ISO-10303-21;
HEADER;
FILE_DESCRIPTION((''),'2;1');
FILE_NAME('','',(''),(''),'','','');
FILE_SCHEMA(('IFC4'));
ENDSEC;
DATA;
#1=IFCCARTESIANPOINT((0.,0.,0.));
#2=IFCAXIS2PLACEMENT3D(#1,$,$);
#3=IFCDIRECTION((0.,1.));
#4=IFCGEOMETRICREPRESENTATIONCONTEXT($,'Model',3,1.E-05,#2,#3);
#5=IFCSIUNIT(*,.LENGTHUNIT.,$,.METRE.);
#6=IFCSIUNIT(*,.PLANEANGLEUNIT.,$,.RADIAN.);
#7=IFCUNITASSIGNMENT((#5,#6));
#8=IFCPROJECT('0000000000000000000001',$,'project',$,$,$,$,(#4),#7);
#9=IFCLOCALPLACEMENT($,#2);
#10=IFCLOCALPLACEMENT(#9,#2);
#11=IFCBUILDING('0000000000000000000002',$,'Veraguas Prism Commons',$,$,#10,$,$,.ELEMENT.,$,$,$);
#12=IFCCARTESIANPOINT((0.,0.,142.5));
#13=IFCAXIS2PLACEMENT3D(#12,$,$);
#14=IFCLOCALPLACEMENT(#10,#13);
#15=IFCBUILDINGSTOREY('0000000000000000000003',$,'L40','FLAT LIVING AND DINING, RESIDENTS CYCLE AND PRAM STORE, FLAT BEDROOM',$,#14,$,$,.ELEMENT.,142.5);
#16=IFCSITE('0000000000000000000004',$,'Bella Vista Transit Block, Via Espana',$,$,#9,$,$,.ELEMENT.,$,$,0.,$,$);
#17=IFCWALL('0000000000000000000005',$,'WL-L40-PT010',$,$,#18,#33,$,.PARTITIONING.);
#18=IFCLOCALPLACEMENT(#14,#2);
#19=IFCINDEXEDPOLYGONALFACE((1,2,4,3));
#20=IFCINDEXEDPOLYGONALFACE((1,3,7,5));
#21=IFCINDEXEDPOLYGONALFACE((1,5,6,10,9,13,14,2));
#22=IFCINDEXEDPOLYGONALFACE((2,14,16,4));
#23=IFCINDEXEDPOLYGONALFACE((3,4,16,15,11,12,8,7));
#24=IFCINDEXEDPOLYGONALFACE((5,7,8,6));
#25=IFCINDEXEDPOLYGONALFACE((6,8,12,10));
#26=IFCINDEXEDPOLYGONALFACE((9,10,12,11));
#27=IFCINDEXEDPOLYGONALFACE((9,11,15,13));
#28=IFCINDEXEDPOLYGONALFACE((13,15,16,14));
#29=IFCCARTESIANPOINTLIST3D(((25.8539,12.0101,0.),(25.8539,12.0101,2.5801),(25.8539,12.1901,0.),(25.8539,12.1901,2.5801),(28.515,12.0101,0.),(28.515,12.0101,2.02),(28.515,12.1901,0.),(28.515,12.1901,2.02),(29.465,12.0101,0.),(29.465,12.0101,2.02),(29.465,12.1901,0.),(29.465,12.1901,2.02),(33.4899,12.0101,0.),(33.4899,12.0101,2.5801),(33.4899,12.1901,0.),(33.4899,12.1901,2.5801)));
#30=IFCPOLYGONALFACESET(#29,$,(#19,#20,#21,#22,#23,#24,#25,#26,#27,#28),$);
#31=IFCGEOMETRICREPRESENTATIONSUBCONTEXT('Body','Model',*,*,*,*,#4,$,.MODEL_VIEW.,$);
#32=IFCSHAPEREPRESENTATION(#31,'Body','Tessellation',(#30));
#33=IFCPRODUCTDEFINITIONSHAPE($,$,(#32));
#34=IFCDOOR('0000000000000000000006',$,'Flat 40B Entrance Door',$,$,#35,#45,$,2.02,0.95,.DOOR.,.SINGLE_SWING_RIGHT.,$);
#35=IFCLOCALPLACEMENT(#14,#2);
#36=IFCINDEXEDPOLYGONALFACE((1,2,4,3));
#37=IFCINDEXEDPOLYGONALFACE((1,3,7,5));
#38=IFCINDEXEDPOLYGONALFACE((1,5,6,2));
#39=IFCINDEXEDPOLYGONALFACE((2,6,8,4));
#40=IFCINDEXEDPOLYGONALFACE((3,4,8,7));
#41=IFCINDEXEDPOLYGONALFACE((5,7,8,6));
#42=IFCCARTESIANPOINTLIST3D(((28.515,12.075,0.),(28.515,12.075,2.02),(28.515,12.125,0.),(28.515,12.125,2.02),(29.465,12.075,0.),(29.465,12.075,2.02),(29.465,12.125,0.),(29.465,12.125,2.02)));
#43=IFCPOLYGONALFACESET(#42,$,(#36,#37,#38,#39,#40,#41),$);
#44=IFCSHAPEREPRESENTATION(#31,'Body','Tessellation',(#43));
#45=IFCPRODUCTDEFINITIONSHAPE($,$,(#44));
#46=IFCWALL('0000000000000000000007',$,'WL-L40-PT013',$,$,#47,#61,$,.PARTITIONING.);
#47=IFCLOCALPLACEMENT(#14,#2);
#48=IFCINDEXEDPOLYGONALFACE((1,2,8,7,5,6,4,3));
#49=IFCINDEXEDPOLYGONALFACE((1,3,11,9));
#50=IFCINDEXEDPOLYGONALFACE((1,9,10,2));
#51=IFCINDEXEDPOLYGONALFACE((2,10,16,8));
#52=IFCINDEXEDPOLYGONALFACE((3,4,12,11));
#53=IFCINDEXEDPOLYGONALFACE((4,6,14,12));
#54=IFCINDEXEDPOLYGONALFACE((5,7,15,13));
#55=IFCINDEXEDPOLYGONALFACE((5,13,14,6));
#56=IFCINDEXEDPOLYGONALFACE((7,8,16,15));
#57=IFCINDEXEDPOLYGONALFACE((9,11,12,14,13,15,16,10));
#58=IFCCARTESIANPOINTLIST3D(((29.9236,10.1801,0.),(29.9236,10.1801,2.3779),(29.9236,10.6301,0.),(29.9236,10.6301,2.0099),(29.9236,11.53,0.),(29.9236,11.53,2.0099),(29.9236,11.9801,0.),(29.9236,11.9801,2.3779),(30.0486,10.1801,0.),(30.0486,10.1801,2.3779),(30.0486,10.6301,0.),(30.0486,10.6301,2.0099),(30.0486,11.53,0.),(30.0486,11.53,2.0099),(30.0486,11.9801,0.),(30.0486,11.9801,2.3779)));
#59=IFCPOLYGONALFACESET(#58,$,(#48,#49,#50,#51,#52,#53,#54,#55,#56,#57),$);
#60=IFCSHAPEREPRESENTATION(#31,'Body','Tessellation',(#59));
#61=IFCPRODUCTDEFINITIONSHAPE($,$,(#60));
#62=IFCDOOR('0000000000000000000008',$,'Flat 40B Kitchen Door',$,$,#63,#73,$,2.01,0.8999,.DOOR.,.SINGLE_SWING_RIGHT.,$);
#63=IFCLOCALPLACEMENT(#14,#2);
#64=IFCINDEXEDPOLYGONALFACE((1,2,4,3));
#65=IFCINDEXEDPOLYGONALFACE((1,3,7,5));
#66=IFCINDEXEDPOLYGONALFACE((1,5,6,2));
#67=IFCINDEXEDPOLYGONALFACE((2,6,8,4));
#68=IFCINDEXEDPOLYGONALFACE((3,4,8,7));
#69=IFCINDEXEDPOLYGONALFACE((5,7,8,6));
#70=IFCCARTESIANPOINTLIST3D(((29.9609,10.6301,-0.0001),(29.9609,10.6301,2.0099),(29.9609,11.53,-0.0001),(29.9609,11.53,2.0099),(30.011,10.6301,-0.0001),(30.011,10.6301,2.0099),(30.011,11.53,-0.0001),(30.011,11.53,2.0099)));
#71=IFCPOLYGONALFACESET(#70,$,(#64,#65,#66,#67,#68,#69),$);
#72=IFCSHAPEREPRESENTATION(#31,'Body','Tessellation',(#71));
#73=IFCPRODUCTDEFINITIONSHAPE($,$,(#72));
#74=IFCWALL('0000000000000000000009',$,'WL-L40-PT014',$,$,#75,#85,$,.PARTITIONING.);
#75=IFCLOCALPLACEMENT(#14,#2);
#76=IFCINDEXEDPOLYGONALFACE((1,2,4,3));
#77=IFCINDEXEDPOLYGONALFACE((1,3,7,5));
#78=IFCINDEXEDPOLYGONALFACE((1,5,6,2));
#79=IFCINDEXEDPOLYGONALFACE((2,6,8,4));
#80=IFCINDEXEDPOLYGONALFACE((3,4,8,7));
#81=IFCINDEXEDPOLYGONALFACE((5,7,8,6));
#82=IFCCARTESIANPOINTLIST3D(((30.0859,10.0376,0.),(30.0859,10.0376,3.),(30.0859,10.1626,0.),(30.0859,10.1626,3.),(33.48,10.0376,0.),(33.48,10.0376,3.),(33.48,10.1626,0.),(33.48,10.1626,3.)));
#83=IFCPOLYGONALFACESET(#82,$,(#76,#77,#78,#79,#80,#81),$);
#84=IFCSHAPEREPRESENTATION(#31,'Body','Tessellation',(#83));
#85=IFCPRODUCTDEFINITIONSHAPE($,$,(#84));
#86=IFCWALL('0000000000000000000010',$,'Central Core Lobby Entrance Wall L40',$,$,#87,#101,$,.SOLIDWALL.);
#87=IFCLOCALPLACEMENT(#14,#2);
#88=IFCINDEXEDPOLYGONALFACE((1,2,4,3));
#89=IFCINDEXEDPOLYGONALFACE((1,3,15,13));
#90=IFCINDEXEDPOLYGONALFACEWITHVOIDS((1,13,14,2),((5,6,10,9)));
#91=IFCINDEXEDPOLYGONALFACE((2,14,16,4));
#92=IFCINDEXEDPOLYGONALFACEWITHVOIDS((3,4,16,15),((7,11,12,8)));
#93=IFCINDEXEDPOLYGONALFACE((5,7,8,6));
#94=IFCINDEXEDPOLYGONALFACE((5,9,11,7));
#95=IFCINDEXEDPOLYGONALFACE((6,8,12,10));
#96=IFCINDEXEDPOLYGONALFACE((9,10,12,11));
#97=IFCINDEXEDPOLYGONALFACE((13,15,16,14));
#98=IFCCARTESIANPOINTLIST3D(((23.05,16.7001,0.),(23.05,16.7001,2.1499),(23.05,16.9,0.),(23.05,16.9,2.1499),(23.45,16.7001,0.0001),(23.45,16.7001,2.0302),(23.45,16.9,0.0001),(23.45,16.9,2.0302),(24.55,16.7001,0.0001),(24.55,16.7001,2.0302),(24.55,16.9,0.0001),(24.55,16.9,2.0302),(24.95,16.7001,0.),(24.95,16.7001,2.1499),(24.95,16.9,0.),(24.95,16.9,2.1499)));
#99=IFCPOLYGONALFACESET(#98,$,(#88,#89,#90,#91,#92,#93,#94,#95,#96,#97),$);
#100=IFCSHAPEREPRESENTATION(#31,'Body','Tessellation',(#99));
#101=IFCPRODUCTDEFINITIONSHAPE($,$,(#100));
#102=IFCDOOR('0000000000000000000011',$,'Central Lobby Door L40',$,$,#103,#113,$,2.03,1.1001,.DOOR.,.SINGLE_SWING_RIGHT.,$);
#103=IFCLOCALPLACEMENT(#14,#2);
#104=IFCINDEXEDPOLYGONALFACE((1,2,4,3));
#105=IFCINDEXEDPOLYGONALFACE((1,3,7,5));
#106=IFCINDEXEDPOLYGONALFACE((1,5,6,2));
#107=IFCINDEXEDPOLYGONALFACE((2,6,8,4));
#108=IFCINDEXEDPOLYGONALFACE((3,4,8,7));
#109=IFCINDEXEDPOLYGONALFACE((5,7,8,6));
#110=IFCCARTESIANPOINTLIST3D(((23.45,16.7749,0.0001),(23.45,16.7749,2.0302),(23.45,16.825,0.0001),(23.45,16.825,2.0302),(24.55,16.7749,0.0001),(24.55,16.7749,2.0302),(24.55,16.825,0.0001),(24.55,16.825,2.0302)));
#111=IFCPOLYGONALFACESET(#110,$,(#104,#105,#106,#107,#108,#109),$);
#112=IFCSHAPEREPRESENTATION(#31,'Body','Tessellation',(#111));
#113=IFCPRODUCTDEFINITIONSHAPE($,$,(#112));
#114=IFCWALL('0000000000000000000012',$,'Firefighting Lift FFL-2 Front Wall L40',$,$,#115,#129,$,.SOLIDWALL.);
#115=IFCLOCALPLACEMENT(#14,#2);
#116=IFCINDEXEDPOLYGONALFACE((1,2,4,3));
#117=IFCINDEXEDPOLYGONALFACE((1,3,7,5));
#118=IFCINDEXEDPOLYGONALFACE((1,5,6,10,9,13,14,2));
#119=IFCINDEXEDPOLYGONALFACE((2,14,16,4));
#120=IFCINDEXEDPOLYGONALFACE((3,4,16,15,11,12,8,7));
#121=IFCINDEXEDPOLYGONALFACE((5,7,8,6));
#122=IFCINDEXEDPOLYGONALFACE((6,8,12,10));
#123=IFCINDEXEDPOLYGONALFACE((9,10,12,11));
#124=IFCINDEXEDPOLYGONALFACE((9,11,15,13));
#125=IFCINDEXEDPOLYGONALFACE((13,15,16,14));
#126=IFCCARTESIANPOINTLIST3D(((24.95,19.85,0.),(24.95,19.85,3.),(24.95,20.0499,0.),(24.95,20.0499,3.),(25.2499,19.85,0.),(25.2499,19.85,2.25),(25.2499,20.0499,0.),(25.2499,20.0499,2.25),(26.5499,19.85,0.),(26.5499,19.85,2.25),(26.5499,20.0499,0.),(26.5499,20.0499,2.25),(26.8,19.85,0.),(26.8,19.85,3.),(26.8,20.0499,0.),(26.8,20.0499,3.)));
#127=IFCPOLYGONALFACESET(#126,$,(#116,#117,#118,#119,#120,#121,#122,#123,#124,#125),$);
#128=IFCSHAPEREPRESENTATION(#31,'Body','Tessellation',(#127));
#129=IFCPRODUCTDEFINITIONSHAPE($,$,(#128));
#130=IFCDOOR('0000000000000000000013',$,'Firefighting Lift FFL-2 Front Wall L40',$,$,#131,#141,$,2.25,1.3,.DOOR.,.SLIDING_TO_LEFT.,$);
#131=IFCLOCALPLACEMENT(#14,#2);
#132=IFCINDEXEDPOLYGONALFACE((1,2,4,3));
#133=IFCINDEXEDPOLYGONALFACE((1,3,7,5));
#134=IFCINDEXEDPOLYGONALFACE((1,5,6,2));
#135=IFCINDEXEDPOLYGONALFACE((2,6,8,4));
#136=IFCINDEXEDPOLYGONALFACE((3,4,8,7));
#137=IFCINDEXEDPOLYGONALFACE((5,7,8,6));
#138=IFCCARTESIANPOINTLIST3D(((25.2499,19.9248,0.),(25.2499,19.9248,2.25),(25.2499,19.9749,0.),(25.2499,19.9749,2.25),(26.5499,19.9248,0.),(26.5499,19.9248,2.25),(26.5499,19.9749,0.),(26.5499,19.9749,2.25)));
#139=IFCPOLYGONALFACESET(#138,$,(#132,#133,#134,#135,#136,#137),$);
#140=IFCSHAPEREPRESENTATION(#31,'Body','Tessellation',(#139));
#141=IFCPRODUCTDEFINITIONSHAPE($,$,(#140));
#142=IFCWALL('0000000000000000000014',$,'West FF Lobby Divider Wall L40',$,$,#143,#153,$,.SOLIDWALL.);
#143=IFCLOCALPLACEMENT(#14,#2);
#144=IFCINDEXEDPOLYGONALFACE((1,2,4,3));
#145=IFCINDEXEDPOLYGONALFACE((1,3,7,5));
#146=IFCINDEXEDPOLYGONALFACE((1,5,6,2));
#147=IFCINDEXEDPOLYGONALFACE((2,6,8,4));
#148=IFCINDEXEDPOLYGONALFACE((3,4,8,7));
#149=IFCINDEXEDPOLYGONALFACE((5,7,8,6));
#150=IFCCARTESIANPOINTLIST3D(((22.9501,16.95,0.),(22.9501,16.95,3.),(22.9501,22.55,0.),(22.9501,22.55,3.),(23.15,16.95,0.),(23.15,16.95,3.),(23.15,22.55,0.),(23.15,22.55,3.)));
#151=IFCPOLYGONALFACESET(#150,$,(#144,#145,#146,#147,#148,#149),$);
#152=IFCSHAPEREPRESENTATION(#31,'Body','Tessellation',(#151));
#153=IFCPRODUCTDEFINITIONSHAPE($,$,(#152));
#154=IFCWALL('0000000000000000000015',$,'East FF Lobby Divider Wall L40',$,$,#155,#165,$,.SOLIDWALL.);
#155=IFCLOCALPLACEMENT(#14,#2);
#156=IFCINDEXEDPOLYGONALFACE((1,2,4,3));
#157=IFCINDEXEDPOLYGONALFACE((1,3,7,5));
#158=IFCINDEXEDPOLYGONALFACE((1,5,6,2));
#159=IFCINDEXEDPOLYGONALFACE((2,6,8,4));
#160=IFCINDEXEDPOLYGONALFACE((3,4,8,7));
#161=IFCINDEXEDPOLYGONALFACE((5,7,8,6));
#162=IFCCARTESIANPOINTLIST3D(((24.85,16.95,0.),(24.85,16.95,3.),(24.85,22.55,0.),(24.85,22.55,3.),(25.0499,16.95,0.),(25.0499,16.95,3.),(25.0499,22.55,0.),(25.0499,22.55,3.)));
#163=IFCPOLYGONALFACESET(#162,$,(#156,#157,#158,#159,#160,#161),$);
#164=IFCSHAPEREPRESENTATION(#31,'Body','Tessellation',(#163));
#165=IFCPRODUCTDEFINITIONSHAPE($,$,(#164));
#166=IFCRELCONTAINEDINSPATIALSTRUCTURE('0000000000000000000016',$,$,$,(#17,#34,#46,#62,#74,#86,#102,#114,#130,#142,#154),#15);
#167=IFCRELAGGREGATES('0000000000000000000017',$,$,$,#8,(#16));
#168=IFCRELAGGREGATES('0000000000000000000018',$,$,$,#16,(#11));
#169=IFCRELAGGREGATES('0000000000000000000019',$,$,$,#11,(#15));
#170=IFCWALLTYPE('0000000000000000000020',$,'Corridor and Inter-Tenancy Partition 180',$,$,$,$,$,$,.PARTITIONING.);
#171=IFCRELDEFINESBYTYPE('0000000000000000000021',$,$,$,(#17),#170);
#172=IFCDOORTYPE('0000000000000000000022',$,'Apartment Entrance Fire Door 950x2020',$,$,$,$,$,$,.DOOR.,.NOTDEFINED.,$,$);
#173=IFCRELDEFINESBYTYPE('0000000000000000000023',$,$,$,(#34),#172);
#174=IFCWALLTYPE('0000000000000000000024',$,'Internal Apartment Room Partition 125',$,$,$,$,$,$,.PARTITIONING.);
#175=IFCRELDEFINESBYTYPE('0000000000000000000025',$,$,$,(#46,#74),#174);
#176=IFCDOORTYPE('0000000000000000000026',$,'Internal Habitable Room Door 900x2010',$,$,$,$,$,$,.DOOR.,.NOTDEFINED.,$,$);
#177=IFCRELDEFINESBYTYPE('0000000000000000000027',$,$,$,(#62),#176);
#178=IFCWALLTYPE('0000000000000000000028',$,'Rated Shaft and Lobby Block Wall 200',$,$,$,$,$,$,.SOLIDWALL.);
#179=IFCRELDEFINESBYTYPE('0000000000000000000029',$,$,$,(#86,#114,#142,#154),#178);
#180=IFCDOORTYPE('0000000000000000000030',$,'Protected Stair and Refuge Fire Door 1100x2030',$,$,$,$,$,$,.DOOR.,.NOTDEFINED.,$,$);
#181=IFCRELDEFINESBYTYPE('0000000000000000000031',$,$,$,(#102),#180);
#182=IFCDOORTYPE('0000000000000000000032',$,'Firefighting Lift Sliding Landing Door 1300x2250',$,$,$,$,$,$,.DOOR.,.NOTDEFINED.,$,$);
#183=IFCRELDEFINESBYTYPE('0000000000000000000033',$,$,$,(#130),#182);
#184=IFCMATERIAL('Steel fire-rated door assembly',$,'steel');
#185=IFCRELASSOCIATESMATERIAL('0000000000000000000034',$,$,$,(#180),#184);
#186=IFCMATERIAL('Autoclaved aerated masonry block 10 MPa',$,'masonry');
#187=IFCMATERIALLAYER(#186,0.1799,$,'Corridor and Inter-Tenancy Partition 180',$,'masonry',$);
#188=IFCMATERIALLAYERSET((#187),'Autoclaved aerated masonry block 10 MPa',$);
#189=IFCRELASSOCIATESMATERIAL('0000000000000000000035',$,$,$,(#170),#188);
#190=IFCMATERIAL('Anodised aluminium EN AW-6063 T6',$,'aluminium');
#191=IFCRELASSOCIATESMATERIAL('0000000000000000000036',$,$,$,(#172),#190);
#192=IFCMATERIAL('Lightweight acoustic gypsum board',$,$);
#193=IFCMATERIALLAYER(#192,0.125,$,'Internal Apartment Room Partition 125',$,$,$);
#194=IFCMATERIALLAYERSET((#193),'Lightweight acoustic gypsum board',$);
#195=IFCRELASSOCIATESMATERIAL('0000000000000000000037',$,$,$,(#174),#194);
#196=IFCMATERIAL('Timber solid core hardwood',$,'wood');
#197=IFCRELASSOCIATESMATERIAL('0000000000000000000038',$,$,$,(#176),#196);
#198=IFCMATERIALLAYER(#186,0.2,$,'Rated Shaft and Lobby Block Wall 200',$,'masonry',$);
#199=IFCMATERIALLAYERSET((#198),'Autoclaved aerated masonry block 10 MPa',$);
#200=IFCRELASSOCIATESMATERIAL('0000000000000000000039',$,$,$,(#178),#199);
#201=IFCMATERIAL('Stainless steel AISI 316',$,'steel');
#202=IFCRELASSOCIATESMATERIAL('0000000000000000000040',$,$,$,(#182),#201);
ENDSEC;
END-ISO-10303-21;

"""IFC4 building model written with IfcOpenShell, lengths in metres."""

from ifc_helpers import new_model, si_unit, direction, frame, frame_2d, origin, place, context, subcontext, project, spatial, rectangle, extrude, source, transform, mapped, material, layer, layer_set, type_object, element, fill, save


model = new_model("IFC4")

# Units and contexts
model_context = context("Model", 3, precision=1e-05, world=origin(), true_north=direction((0.0, 1.0)))
body_context = subcontext(model_context, "Body", "Model", "MODEL_VIEW")
ifc_project = project(units=[si_unit("LENGTHUNIT", "METRE"), si_unit("PLANEANGLEUNIT", "RADIAN")], contexts=[model_context])

# Site, building, storey
site_placement = place(None, origin())
site = spatial("IfcSite", under=ifc_project, at=site_placement, Name="Bella Vista Transit Block, Via Espana", CompositionType="ELEMENT", RefElevation=0.0)
building_placement = place(site_placement, origin())
building = spatial("IfcBuilding", under=site, at=building_placement, Name="Veraguas Prism Commons", CompositionType="ELEMENT")
storey_placement = place(building_placement, frame((0.0, 0.0, 142.5)))
storey = spatial("IfcBuildingStorey", under=building, at=storey_placement, Name="L40", Description="FLAT LIVING AND DINING, RESIDENTS CYCLE AND PRAM STORE, FLAT BEDROOM", CompositionType="ELEMENT", Elevation=142.5)

# Shared definitions
ifc_material_1 = material(Name="Steel fire-rated door assembly", Category="steel")
door_type_1 = type_object("IfcDoorType", Name="Protected Stair and Refuge Fire Door 1100x2030", OperationType="NOTDEFINED", PredefinedType="DOOR", material=ifc_material_1)
shared_shape_1 = source(origin(), body_context, "Body", "SweptSolid", [
    extrude(rectangle(XDim=1.1001, YDim=2.03, at=frame_2d((0.55, 1.0151))), frame((0.0, 0.0249, 0.0), z_axis=(0.0, -1.0, 0.0), x_axis=(1.0, 0.0, 0.0)), (0.0, 0.0, 1.0), 0.05),
])

# Shared definitions
ifc_material_2 = material(Name="Autoclaved aerated masonry block 10 MPa", Category="masonry")
ifc_layer_1 = layer(ifc_material_2, 0.1799, Name="Corridor and Inter-Tenancy Partition 180", Category="masonry")
ifc_layer_set_1 = layer_set([ifc_layer_1], Name="Autoclaved aerated masonry block 10 MPa")
wall_type_1 = type_object("IfcWallType", Name="Corridor and Inter-Tenancy Partition 180", PredefinedType="PARTITIONING", material=ifc_layer_set_1)

# Walls, openings, doors
wall_1_placement = place(storey_placement, frame((25.854, 12.1001, 0.0), z_axis=(0.0, 0.0, 1.0), x_axis=(1.0, 0.0, 0.0)))
wall_1 = element("IfcWall", 1, at=wall_1_placement, inside=storey, type_object=wall_type_1, Name="WL-L40-PT010", PredefinedType="PARTITIONING", context=body_context, shape_type="SweptSolid", body=[
    extrude(rectangle(XDim=7.636, YDim=0.1799, at=frame_2d((3.8179, 0.0))), origin(), (0.0, 0.0, 1.0), 2.5801),
])
opening_1_placement = place(wall_1_placement, frame((2.6609, 0.0, 0.0)))
opening_1 = element("IfcOpeningElement", 2, at=opening_1_placement, cuts=wall_1, PredefinedType="OPENING", context=body_context, shape_type="SweptSolid", body=[
    extrude(rectangle(XDim=0.95, YDim=2.02, at=frame_2d((0.4751, 1.01))), frame((0.0, 0.0999, 0.0), z_axis=(0.0, -1.0, 0.0), x_axis=(1.0, 0.0, 0.0)), (0.0, 0.0, 1.0), 0.2),
])
ifc_material_3 = material(Name="Anodised aluminium EN AW-6063 T6", Category="aluminium")
door_type_2 = type_object("IfcDoorType", Name="Apartment Entrance Fire Door 950x2020", OperationType="NOTDEFINED", PredefinedType="DOOR", material=ifc_material_3)
shared_shape_2 = source(origin(), body_context, "Body", "SweptSolid", [
    extrude(rectangle(XDim=0.95, YDim=2.02, at=frame_2d((0.4751, 1.01))), frame((0.0, 0.0249, 0.0), z_axis=(0.0, -1.0, 0.0), x_axis=(1.0, 0.0, 0.0)), (0.0, 0.0, 1.0), 0.05),
])
door_1_placement = place(opening_1_placement, origin())
door_1 = element("IfcDoor", 3, at=door_1_placement, inside=storey, type_object=door_type_2, Name="Flat 40B Entrance Door", OperationType="SINGLE_SWING_RIGHT", OverallHeight=2.02, OverallWidth=0.95, PredefinedType="DOOR", context=body_context, shape_type="MappedRepresentation", body=[
    mapped(shared_shape_2, transform((0.0, 0.0, 0.0), scale=1.0)),
])
fill(opening_1, door_1)
ifc_material_4 = material(Name="Lightweight acoustic gypsum board")
ifc_layer_2 = layer(ifc_material_4, 0.125, Name="Internal Apartment Room Partition 125")
ifc_layer_set_2 = layer_set([ifc_layer_2], Name="Lightweight acoustic gypsum board")
wall_type_2 = type_object("IfcWallType", Name="Internal Apartment Room Partition 125", PredefinedType="PARTITIONING", material=ifc_layer_set_2)
wall_2_placement = place(storey_placement, frame((29.9861, 11.98, 0.0), z_axis=(0.0, 0.0, 1.0), x_axis=(0.0, -1.0, 0.0)))
wall_2 = element("IfcWall", 4, at=wall_2_placement, inside=storey, type_object=wall_type_2, Name="WL-L40-PT013", PredefinedType="PARTITIONING", context=body_context, shape_type="SweptSolid", body=[
    extrude(rectangle(XDim=1.8, YDim=0.125, at=frame_2d((0.8999, 0.0))), origin(), (0.0, 0.0, 1.0), 2.3779),
])
opening_2_placement = place(wall_2_placement, frame((0.45, 0.0, 0.0)))
opening_2 = element("IfcOpeningElement", 5, at=opening_2_placement, cuts=wall_2, PredefinedType="OPENING", context=body_context, shape_type="SweptSolid", body=[
    extrude(rectangle(XDim=0.8999, YDim=2.01, at=frame_2d((0.45, 1.0049))), frame((0.0, 0.0725, 0.0), z_axis=(0.0, -1.0, 0.0), x_axis=(1.0, 0.0, 0.0)), (0.0, 0.0, 1.0), 0.145),
])
ifc_material_5 = material(Name="Timber solid core hardwood", Category="wood")
door_type_3 = type_object("IfcDoorType", Name="Internal Habitable Room Door 900x2010", OperationType="NOTDEFINED", PredefinedType="DOOR", material=ifc_material_5)
shared_shape_3 = source(origin(), body_context, "Body", "SweptSolid", [
    extrude(rectangle(XDim=0.8999, YDim=2.01, at=frame_2d((0.45, 1.0049))), frame((0.0, 0.0249, 0.0), z_axis=(0.0, -1.0, 0.0), x_axis=(1.0, 0.0, 0.0)), (0.0, 0.0, 1.0), 0.05),
])
door_2_placement = place(opening_2_placement, origin())
door_2 = element("IfcDoor", 6, at=door_2_placement, inside=storey, type_object=door_type_3, Name="Flat 40B Kitchen Door", OperationType="SINGLE_SWING_RIGHT", OverallHeight=2.01, OverallWidth=0.8999, PredefinedType="DOOR", context=body_context, shape_type="MappedRepresentation", body=[
    mapped(shared_shape_3, transform((0.0, 0.0, 0.0), scale=1.0)),
])
fill(opening_2, door_2)

# Wall
wall_3_placement = place(storey_placement, frame((30.0859, 10.1001, 0.0), z_axis=(0.0, 0.0, 1.0), x_axis=(1.0, 0.0, 0.0)))
element("IfcWall", 7, at=wall_3_placement, inside=storey, type_object=wall_type_2, Name="WL-L40-PT014", PredefinedType="PARTITIONING", context=body_context, shape_type="SweptSolid", body=[
    extrude(rectangle(XDim=3.394, YDim=0.125, at=frame_2d((1.697, 0.0))), origin(), (0.0, 0.0, 1.0), 3.0),
])

# Walls, openings, doors
ifc_layer_3 = layer(ifc_material_2, 0.2, Name="Rated Shaft and Lobby Block Wall 200", Category="masonry")
ifc_layer_set_3 = layer_set([ifc_layer_3], Name="Autoclaved aerated masonry block 10 MPa")
wall_type_3 = type_object("IfcWallType", Name="Rated Shaft and Lobby Block Wall 200", PredefinedType="SOLIDWALL", material=ifc_layer_set_3)
wall_4_placement = place(storey_placement, frame((23.05, 16.8, 0.0), z_axis=(0.0, 0.0, 1.0), x_axis=(1.0, 0.0, 0.0)))
wall_4 = element("IfcWall", 8, at=wall_4_placement, inside=storey, type_object=wall_type_3, Name="Central Core Lobby Entrance Wall L40", PredefinedType="SOLIDWALL", context=body_context, shape_type="SweptSolid", body=[
    extrude(rectangle(XDim=1.8999, YDim=0.2, at=frame_2d((0.95, 0.0))), origin(), (0.0, 0.0, 1.0), 2.1499),
])
opening_3_placement = place(wall_4_placement, frame((0.3999, 0.0, 0.0)))
opening_3 = element("IfcOpeningElement", 9, at=opening_3_placement, cuts=wall_4, PredefinedType="OPENING", context=body_context, shape_type="SweptSolid", body=[
    extrude(rectangle(XDim=1.1001, YDim=2.03, at=frame_2d((0.55, 1.0151))), frame((0.0, 0.1099, 0.0), z_axis=(0.0, -1.0, 0.0), x_axis=(1.0, 0.0, 0.0)), (0.0, 0.0, 1.0), 0.22),
])
door_3_placement = place(opening_3_placement, origin())
door_3 = element("IfcDoor", 10, at=door_3_placement, inside=storey, type_object=door_type_1, Name="Central Lobby Door L40", OperationType="SINGLE_SWING_RIGHT", OverallHeight=2.03, OverallWidth=1.1001, PredefinedType="DOOR", context=body_context, shape_type="MappedRepresentation", body=[
    mapped(shared_shape_1, transform((0.0, 0.0, 0.0), scale=1.0)),
])
fill(opening_3, door_3)
wall_5_placement = place(storey_placement, frame((24.95, 19.95, 0.0), z_axis=(0.0, 0.0, 1.0), x_axis=(1.0, 0.0, 0.0)))
wall_5 = element("IfcWall", 11, at=wall_5_placement, inside=storey, type_object=wall_type_3, Name="Firefighting Lift FFL-2 Front Wall L40", PredefinedType="SOLIDWALL", context=body_context, shape_type="SweptSolid", body=[
    extrude(rectangle(XDim=1.8501, YDim=0.2, at=frame_2d((0.925, 0.0))), origin(), (0.0, 0.0, 1.0), 3.0),
])
opening_4_placement = place(wall_5_placement, frame((0.3, 0.0, 0.0)))
opening_4 = element("IfcOpeningElement", 12, at=opening_4_placement, cuts=wall_5, PredefinedType="OPENING", context=body_context, shape_type="SweptSolid", body=[
    extrude(rectangle(XDim=1.3, YDim=2.25, at=frame_2d((0.6499, 1.125))), frame((0.0, 0.1099, 0.0), z_axis=(0.0, -1.0, 0.0), x_axis=(1.0, 0.0, 0.0)), (0.0, 0.0, 1.0), 0.22),
])
ifc_material_6 = material(Name="Stainless steel AISI 316", Category="steel")
door_type_4 = type_object("IfcDoorType", Name="Firefighting Lift Sliding Landing Door 1300x2250", OperationType="NOTDEFINED", PredefinedType="DOOR", material=ifc_material_6)
shared_shape_4 = source(origin(), body_context, "Body", "SweptSolid", [
    extrude(rectangle(XDim=1.3, YDim=2.25, at=frame_2d((0.6499, 1.125))), frame((0.0, 0.0249, 0.0), z_axis=(0.0, -1.0, 0.0), x_axis=(1.0, 0.0, 0.0)), (0.0, 0.0, 1.0), 0.05),
])
door_4_placement = place(opening_4_placement, origin())
door_4 = element("IfcDoor", 13, at=door_4_placement, inside=storey, type_object=door_type_4, Name="Firefighting Lift FFL-2 Front Wall L40", OperationType="SLIDING_TO_LEFT", OverallHeight=2.25, OverallWidth=1.3, PredefinedType="DOOR", context=body_context, shape_type="MappedRepresentation", body=[
    mapped(shared_shape_4, transform((0.0, 0.0, 0.0), scale=1.0)),
])
fill(opening_4, door_4)

# Walls
for number, where, z_axis, x_axis, name in (
    (14, (23.05, 16.95, 0.0), (0.0, 0.0, 1.0), (0.0, 1.0, 0.0), "West FF Lobby Divider Wall L40"),
    (15, (24.95, 16.95, 0.0), (0.0, 0.0, 1.0), (0.0, 1.0, 0.0), "East FF Lobby Divider Wall L40"),
):
    element("IfcWall", number, at=place(storey_placement, frame(where, z_axis=z_axis, x_axis=x_axis)), inside=storey, type_object=wall_type_3, Name=name, PredefinedType="SOLIDWALL", context=body_context, shape_type="SweptSolid", body=[
        extrude(rectangle(XDim=5.6001, YDim=0.2, at=frame_2d((2.8, 0.0))), origin(), (0.0, 0.0, 1.0), 3.0),
    ])

save(model, "model.ifc")
